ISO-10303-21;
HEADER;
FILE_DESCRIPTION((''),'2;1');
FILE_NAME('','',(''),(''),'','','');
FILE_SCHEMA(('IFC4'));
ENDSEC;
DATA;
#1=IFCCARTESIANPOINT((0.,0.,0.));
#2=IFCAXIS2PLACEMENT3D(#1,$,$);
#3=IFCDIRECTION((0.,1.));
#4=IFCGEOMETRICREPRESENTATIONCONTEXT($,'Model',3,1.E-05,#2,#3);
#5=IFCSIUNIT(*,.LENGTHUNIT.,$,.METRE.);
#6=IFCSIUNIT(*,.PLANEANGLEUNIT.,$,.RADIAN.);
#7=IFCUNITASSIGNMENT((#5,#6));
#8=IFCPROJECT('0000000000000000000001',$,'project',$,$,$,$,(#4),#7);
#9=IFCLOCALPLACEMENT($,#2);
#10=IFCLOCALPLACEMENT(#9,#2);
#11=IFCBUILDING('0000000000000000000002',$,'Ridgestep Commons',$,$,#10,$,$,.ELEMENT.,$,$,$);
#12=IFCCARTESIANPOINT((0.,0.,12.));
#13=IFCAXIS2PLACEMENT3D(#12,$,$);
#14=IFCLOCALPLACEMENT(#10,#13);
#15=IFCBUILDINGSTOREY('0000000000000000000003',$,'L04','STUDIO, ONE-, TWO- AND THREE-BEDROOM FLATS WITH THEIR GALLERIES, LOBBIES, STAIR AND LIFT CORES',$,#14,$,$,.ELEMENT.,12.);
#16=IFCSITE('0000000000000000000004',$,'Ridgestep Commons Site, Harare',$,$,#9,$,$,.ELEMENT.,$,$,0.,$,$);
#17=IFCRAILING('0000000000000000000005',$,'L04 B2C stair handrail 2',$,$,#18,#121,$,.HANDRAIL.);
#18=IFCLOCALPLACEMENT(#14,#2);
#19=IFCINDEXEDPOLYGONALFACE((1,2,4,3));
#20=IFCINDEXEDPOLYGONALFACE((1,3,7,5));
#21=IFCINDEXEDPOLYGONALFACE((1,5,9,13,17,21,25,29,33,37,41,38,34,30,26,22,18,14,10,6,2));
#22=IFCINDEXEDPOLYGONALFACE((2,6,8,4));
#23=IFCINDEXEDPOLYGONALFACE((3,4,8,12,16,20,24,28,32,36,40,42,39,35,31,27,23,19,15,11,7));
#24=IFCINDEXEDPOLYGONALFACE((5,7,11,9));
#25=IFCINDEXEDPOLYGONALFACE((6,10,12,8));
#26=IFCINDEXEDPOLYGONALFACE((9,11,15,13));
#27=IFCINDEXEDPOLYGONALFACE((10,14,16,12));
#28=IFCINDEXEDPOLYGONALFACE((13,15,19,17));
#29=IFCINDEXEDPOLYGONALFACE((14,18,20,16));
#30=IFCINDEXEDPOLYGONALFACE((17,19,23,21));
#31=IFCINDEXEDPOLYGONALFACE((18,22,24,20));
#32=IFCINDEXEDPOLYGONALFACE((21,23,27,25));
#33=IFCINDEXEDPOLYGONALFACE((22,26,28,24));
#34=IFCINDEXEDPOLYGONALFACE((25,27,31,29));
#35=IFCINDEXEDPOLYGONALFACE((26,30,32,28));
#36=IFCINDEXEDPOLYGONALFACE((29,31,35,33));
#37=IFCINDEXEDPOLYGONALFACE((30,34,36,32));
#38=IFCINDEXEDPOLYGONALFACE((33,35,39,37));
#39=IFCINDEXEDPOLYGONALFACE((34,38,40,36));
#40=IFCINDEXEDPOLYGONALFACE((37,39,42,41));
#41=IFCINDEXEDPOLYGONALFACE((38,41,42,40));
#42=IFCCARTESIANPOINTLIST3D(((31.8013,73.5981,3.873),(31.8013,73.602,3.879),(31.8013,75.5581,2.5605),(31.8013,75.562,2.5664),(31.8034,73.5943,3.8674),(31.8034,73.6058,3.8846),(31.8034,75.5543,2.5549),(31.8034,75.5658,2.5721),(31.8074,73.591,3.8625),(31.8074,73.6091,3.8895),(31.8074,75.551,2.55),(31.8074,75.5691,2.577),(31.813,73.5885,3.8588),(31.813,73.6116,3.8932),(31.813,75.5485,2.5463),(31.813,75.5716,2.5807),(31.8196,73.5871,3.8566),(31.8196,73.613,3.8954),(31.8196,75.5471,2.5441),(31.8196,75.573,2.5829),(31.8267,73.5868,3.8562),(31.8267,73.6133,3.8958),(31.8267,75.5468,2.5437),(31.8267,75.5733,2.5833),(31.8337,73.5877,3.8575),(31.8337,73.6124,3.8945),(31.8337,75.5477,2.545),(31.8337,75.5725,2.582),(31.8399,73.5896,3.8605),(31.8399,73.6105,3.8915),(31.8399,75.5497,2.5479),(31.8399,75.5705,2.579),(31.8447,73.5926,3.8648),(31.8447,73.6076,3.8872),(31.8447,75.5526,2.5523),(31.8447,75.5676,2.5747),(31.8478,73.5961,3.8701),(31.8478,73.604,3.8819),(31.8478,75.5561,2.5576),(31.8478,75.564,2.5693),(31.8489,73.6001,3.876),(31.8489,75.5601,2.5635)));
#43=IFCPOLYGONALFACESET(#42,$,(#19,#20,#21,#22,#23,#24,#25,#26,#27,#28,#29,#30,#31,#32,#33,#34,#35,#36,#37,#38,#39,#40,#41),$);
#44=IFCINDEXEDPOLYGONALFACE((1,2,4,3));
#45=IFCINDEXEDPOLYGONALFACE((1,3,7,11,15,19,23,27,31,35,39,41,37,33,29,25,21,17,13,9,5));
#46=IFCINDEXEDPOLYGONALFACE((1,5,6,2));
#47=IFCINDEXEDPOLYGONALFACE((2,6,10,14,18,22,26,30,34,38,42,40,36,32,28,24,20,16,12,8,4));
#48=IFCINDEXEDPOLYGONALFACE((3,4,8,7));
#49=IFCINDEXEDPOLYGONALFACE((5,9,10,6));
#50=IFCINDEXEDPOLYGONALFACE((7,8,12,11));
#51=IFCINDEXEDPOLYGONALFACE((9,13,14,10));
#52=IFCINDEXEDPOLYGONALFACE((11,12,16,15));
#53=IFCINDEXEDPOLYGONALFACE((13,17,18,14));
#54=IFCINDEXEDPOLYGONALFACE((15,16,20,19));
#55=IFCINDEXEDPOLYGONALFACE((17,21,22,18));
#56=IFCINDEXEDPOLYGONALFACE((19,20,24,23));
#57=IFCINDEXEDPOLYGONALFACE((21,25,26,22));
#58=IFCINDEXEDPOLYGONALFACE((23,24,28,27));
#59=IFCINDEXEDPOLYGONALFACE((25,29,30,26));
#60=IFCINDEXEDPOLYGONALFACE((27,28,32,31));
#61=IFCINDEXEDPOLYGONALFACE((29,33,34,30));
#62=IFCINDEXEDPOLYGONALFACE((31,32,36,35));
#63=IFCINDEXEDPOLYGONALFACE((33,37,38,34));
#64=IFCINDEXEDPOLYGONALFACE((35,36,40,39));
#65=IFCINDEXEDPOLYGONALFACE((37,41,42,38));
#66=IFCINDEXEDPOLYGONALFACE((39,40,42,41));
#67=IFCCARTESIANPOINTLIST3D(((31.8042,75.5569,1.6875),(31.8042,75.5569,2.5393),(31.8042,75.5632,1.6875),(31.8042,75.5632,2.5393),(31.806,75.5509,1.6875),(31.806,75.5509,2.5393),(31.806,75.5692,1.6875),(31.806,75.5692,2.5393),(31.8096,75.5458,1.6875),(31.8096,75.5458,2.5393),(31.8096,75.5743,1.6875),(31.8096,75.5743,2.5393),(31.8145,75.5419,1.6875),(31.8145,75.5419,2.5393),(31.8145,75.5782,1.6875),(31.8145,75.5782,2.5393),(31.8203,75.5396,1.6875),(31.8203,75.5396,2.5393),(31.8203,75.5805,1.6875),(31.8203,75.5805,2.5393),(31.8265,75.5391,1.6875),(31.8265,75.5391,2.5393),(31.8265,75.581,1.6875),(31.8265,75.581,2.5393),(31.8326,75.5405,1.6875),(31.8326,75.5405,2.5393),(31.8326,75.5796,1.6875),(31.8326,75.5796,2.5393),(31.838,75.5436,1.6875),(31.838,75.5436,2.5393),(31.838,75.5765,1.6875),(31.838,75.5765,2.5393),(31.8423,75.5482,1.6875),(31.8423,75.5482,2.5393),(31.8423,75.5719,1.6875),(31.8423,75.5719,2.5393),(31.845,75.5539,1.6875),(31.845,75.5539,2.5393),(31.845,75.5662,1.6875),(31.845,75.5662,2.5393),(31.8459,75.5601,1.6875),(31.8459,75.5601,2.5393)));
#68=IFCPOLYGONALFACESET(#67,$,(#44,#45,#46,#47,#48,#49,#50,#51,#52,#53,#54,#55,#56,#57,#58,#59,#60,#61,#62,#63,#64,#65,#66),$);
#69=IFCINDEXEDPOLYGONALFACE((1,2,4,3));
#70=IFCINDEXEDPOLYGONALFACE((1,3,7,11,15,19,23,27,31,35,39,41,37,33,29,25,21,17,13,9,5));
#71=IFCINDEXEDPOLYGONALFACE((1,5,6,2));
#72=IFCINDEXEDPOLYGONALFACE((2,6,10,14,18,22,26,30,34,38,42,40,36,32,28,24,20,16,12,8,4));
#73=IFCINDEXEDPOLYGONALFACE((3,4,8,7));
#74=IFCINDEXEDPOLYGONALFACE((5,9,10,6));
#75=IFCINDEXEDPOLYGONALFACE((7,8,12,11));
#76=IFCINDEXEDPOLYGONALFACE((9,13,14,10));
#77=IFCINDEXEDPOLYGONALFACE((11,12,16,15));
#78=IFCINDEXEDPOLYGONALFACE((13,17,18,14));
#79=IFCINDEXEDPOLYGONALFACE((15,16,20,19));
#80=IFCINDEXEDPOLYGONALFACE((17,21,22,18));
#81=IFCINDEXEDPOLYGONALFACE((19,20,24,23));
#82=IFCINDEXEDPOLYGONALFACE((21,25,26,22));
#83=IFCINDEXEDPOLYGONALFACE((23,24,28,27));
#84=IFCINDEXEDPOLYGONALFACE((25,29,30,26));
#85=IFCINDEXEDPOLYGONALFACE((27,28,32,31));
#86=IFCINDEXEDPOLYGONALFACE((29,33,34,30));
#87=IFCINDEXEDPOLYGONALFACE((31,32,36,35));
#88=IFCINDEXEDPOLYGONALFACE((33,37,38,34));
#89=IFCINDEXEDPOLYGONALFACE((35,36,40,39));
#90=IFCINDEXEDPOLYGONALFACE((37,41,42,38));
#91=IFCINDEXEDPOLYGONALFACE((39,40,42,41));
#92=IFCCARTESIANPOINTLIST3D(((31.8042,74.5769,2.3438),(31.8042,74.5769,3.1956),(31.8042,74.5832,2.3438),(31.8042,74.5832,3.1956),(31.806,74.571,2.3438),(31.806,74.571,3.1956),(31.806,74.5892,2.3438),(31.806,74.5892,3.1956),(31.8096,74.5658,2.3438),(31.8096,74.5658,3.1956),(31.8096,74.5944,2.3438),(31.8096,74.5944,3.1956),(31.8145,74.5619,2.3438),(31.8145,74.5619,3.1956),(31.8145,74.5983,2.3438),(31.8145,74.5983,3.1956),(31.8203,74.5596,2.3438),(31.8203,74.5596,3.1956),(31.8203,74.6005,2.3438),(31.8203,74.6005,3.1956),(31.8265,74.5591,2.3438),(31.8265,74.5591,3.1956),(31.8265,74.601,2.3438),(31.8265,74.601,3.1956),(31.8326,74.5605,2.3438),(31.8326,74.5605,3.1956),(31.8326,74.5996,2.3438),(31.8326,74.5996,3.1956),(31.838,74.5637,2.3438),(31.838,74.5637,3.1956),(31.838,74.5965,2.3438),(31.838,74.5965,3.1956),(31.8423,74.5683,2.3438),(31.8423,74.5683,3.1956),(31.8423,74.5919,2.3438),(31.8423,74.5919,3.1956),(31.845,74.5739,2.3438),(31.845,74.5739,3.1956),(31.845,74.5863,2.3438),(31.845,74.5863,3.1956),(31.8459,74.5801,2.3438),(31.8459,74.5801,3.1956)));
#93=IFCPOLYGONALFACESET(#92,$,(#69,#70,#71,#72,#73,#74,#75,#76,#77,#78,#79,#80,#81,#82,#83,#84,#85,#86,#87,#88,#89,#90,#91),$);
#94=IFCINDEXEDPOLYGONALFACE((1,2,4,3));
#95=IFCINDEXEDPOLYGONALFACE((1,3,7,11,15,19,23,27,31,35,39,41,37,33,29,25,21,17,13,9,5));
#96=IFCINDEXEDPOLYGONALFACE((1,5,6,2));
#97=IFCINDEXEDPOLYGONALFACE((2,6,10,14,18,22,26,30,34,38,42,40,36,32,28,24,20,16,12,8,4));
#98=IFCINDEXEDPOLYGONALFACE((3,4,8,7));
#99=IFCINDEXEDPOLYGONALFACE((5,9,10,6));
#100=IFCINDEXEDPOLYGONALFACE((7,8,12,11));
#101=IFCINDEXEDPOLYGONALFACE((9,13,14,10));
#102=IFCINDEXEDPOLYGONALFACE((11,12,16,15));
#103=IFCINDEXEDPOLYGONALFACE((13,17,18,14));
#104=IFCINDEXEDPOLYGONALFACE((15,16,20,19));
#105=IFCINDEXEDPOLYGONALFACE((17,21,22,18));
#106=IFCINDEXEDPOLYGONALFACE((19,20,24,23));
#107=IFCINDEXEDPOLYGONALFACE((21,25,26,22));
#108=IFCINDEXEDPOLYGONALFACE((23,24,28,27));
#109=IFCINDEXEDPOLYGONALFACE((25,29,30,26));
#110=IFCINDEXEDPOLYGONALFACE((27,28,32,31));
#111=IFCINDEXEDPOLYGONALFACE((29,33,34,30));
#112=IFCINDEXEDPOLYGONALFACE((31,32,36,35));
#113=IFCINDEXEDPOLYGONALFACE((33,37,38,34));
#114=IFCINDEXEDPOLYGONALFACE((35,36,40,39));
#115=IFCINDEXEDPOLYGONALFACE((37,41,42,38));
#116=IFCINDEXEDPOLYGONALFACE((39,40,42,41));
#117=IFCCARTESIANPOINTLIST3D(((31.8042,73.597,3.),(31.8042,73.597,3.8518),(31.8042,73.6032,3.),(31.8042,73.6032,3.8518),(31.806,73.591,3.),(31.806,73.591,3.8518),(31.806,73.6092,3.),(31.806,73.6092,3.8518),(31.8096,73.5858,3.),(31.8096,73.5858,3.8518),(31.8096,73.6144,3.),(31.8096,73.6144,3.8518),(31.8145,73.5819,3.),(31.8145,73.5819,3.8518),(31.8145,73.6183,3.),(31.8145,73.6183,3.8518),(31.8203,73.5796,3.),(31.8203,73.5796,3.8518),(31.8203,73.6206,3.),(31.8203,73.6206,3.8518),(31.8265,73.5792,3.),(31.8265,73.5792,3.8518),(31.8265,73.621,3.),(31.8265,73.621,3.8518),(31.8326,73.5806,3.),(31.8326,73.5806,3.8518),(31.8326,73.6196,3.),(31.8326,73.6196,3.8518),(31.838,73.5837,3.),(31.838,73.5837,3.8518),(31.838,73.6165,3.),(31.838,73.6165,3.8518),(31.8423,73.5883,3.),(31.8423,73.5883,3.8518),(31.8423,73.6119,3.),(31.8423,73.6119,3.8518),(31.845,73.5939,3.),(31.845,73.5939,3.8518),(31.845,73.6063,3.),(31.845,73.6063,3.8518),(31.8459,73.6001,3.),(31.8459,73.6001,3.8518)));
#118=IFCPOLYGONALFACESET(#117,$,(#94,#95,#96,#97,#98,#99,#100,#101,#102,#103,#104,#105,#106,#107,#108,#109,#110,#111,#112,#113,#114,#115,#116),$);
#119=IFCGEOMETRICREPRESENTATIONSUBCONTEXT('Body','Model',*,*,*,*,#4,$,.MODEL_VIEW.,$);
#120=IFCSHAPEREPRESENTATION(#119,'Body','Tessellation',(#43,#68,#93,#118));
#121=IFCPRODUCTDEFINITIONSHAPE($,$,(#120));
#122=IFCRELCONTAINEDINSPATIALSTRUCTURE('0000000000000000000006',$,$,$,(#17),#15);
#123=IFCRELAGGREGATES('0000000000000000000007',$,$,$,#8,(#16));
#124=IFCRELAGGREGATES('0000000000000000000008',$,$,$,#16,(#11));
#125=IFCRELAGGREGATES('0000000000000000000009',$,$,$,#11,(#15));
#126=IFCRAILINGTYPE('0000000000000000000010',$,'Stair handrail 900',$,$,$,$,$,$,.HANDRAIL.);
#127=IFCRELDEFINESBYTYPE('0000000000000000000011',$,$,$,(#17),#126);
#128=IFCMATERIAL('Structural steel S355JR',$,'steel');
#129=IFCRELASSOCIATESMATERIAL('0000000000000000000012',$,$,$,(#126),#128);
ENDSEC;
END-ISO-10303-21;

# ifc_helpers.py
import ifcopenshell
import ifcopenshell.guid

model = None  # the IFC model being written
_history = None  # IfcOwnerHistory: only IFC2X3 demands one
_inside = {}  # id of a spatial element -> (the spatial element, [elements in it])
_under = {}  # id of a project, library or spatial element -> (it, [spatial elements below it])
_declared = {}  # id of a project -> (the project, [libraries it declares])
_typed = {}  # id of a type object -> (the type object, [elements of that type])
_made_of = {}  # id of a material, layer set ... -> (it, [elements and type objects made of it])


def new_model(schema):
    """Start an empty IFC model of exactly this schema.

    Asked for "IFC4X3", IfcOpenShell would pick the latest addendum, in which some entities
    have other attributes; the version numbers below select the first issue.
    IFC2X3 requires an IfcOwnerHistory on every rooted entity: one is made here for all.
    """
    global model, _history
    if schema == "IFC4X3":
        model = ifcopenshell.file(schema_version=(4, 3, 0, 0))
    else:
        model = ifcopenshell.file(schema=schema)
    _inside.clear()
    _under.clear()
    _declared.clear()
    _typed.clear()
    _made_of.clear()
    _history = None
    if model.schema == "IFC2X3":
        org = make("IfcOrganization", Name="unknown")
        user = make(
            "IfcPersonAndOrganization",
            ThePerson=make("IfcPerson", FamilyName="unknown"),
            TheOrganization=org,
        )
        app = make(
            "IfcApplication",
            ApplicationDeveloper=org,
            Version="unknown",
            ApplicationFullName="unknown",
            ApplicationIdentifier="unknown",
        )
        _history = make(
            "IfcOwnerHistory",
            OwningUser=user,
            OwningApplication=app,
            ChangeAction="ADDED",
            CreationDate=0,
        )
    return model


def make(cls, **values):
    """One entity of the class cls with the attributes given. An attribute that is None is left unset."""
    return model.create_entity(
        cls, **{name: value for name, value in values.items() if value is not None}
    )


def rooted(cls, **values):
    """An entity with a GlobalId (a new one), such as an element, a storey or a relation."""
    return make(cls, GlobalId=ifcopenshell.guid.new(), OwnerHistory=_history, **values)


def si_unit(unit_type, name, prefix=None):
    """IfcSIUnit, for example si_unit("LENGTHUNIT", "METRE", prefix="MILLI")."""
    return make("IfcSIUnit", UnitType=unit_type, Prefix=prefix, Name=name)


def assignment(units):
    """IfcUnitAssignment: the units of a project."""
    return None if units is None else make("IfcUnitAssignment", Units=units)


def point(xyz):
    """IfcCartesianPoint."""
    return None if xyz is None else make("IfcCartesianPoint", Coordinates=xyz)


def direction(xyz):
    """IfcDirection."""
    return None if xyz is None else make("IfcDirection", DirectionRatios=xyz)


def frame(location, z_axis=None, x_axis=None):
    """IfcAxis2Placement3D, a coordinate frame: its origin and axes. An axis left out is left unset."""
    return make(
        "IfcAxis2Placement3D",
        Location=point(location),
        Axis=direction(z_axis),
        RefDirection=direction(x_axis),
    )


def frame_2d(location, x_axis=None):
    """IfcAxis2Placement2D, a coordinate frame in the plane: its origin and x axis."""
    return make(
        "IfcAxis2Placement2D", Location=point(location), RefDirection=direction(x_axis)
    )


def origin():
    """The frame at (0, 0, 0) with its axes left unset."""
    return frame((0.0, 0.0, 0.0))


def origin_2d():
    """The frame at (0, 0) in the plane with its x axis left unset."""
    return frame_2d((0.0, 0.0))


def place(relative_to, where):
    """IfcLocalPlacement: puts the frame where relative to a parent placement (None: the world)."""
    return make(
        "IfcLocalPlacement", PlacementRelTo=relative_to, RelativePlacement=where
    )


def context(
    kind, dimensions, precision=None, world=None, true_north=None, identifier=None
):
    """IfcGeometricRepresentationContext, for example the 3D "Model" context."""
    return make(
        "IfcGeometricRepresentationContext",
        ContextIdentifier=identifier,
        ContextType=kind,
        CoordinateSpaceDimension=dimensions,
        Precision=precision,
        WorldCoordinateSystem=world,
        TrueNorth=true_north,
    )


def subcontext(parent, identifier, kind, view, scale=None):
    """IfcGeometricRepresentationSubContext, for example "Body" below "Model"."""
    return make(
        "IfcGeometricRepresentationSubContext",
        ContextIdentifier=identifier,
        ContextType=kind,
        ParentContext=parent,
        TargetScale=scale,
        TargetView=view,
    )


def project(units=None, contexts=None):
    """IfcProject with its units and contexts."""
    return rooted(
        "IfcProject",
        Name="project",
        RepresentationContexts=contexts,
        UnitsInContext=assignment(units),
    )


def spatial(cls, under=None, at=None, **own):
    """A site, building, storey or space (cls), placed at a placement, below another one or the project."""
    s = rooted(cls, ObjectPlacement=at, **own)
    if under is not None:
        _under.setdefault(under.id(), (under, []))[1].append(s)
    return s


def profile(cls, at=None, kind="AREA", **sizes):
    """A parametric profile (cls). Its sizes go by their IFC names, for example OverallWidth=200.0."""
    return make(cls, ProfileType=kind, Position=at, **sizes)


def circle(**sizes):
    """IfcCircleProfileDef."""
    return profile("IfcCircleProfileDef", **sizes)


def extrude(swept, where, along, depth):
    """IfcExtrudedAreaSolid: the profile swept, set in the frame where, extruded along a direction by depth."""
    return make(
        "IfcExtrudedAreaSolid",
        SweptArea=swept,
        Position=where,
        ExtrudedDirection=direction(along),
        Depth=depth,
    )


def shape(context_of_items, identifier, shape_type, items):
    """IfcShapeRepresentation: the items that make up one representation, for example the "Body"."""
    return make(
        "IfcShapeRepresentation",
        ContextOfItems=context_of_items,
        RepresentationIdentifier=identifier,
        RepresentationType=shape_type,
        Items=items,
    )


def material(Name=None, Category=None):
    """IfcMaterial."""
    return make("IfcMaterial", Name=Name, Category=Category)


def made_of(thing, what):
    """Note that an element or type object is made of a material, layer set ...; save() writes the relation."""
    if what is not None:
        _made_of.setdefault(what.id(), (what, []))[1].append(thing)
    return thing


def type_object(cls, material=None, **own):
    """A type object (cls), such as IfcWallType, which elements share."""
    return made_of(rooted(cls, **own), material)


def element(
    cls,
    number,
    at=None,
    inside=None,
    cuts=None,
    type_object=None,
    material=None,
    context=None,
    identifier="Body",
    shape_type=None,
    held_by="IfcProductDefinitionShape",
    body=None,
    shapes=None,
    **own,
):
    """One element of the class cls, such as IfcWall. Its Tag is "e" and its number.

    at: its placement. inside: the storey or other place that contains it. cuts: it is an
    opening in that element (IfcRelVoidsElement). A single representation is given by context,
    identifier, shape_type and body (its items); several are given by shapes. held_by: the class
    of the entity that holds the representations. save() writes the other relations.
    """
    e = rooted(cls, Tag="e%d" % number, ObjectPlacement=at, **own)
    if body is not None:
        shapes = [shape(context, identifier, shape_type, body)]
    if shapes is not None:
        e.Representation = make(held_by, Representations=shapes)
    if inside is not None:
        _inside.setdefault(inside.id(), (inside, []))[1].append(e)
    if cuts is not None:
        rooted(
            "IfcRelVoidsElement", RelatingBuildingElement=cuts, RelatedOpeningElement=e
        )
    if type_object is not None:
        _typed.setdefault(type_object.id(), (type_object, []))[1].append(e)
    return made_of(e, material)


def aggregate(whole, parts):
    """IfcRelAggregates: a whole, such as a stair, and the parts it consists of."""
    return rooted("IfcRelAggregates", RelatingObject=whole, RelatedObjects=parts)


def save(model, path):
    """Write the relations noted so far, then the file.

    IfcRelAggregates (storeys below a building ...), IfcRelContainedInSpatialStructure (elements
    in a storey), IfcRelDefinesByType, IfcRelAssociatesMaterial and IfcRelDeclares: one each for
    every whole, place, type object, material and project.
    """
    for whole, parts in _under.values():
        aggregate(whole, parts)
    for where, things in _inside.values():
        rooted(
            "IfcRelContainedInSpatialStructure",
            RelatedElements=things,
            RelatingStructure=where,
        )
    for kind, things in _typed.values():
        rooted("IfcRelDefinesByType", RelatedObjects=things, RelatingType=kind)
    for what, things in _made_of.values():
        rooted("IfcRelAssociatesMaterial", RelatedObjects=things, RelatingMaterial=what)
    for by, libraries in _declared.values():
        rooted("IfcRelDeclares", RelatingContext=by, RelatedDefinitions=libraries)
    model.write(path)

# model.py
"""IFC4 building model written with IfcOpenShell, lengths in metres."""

from ifc_helpers import new_model, si_unit, direction, frame, origin, origin_2d, place, context, subcontext, project, spatial, circle, extrude, material, type_object, element, save


model = new_model("IFC4")

# Units and contexts
model_context = context("Model", 3, precision=1e-05, world=origin(), true_north=direction((0.0, 1.0)))
body_context = subcontext(model_context, "Body", "Model", "MODEL_VIEW")
ifc_project = project(units=[si_unit("LENGTHUNIT", "METRE"), si_unit("PLANEANGLEUNIT", "RADIAN")], contexts=[model_context])

# Site, building, storey
site_placement = place(None, origin())
site = spatial("IfcSite", under=ifc_project, at=site_placement, Name="Ridgestep Commons Site, Harare", CompositionType="ELEMENT", RefElevation=0.0)
building_placement = place(site_placement, origin())
building = spatial("IfcBuilding", under=site, at=building_placement, Name="Ridgestep Commons", CompositionType="ELEMENT")
storey_placement = place(building_placement, frame((0.0, 0.0, 12.0)))
storey = spatial("IfcBuildingStorey", under=building, at=storey_placement, Name="L04", Description="STUDIO, ONE-, TWO- AND THREE-BEDROOM FLATS WITH THEIR GALLERIES, LOBBIES, STAIR AND LIFT CORES", CompositionType="ELEMENT", Elevation=12.0)

# Railing
ifc_material_1 = material(Name="Structural steel S355JR", Category="steel")
railing_type_1 = type_object("IfcRailingType", Name="Stair handrail 900", PredefinedType="HANDRAIL", material=ifc_material_1)
railing_1_placement = place(storey_placement, frame((31.825, 75.5601, 1.6875)))
element("IfcRailing", 1, at=railing_1_placement, inside=storey, type_object=railing_type_1, Name="L04 B2C stair handrail 2", PredefinedType="HANDRAIL", context=body_context, shape_type="SweptSolid", body=[
    extrude(circle(Radius=0.0239, at=origin_2d()), frame((0.0, 0.0, 0.876), z_axis=(0.0, -0.830902, 0.556419), x_axis=(1.0, 0.0, 0.0)), (0.0, 0.0, 1.0), 2.3589),
    extrude(circle(Radius=0.021, at=origin_2d()), origin(), (0.0, 0.0, 1.0), 0.8518),
    extrude(circle(Radius=0.021, at=origin_2d()), frame((0.0, -0.98, 0.6562)), (0.0, 0.0, 1.0), 0.8518),
    extrude(circle(Radius=0.021, at=origin_2d()), frame((0.0, -1.96, 1.3125)), (0.0, 0.0, 1.0), 0.8518),
])

save(model, "model.ifc")
